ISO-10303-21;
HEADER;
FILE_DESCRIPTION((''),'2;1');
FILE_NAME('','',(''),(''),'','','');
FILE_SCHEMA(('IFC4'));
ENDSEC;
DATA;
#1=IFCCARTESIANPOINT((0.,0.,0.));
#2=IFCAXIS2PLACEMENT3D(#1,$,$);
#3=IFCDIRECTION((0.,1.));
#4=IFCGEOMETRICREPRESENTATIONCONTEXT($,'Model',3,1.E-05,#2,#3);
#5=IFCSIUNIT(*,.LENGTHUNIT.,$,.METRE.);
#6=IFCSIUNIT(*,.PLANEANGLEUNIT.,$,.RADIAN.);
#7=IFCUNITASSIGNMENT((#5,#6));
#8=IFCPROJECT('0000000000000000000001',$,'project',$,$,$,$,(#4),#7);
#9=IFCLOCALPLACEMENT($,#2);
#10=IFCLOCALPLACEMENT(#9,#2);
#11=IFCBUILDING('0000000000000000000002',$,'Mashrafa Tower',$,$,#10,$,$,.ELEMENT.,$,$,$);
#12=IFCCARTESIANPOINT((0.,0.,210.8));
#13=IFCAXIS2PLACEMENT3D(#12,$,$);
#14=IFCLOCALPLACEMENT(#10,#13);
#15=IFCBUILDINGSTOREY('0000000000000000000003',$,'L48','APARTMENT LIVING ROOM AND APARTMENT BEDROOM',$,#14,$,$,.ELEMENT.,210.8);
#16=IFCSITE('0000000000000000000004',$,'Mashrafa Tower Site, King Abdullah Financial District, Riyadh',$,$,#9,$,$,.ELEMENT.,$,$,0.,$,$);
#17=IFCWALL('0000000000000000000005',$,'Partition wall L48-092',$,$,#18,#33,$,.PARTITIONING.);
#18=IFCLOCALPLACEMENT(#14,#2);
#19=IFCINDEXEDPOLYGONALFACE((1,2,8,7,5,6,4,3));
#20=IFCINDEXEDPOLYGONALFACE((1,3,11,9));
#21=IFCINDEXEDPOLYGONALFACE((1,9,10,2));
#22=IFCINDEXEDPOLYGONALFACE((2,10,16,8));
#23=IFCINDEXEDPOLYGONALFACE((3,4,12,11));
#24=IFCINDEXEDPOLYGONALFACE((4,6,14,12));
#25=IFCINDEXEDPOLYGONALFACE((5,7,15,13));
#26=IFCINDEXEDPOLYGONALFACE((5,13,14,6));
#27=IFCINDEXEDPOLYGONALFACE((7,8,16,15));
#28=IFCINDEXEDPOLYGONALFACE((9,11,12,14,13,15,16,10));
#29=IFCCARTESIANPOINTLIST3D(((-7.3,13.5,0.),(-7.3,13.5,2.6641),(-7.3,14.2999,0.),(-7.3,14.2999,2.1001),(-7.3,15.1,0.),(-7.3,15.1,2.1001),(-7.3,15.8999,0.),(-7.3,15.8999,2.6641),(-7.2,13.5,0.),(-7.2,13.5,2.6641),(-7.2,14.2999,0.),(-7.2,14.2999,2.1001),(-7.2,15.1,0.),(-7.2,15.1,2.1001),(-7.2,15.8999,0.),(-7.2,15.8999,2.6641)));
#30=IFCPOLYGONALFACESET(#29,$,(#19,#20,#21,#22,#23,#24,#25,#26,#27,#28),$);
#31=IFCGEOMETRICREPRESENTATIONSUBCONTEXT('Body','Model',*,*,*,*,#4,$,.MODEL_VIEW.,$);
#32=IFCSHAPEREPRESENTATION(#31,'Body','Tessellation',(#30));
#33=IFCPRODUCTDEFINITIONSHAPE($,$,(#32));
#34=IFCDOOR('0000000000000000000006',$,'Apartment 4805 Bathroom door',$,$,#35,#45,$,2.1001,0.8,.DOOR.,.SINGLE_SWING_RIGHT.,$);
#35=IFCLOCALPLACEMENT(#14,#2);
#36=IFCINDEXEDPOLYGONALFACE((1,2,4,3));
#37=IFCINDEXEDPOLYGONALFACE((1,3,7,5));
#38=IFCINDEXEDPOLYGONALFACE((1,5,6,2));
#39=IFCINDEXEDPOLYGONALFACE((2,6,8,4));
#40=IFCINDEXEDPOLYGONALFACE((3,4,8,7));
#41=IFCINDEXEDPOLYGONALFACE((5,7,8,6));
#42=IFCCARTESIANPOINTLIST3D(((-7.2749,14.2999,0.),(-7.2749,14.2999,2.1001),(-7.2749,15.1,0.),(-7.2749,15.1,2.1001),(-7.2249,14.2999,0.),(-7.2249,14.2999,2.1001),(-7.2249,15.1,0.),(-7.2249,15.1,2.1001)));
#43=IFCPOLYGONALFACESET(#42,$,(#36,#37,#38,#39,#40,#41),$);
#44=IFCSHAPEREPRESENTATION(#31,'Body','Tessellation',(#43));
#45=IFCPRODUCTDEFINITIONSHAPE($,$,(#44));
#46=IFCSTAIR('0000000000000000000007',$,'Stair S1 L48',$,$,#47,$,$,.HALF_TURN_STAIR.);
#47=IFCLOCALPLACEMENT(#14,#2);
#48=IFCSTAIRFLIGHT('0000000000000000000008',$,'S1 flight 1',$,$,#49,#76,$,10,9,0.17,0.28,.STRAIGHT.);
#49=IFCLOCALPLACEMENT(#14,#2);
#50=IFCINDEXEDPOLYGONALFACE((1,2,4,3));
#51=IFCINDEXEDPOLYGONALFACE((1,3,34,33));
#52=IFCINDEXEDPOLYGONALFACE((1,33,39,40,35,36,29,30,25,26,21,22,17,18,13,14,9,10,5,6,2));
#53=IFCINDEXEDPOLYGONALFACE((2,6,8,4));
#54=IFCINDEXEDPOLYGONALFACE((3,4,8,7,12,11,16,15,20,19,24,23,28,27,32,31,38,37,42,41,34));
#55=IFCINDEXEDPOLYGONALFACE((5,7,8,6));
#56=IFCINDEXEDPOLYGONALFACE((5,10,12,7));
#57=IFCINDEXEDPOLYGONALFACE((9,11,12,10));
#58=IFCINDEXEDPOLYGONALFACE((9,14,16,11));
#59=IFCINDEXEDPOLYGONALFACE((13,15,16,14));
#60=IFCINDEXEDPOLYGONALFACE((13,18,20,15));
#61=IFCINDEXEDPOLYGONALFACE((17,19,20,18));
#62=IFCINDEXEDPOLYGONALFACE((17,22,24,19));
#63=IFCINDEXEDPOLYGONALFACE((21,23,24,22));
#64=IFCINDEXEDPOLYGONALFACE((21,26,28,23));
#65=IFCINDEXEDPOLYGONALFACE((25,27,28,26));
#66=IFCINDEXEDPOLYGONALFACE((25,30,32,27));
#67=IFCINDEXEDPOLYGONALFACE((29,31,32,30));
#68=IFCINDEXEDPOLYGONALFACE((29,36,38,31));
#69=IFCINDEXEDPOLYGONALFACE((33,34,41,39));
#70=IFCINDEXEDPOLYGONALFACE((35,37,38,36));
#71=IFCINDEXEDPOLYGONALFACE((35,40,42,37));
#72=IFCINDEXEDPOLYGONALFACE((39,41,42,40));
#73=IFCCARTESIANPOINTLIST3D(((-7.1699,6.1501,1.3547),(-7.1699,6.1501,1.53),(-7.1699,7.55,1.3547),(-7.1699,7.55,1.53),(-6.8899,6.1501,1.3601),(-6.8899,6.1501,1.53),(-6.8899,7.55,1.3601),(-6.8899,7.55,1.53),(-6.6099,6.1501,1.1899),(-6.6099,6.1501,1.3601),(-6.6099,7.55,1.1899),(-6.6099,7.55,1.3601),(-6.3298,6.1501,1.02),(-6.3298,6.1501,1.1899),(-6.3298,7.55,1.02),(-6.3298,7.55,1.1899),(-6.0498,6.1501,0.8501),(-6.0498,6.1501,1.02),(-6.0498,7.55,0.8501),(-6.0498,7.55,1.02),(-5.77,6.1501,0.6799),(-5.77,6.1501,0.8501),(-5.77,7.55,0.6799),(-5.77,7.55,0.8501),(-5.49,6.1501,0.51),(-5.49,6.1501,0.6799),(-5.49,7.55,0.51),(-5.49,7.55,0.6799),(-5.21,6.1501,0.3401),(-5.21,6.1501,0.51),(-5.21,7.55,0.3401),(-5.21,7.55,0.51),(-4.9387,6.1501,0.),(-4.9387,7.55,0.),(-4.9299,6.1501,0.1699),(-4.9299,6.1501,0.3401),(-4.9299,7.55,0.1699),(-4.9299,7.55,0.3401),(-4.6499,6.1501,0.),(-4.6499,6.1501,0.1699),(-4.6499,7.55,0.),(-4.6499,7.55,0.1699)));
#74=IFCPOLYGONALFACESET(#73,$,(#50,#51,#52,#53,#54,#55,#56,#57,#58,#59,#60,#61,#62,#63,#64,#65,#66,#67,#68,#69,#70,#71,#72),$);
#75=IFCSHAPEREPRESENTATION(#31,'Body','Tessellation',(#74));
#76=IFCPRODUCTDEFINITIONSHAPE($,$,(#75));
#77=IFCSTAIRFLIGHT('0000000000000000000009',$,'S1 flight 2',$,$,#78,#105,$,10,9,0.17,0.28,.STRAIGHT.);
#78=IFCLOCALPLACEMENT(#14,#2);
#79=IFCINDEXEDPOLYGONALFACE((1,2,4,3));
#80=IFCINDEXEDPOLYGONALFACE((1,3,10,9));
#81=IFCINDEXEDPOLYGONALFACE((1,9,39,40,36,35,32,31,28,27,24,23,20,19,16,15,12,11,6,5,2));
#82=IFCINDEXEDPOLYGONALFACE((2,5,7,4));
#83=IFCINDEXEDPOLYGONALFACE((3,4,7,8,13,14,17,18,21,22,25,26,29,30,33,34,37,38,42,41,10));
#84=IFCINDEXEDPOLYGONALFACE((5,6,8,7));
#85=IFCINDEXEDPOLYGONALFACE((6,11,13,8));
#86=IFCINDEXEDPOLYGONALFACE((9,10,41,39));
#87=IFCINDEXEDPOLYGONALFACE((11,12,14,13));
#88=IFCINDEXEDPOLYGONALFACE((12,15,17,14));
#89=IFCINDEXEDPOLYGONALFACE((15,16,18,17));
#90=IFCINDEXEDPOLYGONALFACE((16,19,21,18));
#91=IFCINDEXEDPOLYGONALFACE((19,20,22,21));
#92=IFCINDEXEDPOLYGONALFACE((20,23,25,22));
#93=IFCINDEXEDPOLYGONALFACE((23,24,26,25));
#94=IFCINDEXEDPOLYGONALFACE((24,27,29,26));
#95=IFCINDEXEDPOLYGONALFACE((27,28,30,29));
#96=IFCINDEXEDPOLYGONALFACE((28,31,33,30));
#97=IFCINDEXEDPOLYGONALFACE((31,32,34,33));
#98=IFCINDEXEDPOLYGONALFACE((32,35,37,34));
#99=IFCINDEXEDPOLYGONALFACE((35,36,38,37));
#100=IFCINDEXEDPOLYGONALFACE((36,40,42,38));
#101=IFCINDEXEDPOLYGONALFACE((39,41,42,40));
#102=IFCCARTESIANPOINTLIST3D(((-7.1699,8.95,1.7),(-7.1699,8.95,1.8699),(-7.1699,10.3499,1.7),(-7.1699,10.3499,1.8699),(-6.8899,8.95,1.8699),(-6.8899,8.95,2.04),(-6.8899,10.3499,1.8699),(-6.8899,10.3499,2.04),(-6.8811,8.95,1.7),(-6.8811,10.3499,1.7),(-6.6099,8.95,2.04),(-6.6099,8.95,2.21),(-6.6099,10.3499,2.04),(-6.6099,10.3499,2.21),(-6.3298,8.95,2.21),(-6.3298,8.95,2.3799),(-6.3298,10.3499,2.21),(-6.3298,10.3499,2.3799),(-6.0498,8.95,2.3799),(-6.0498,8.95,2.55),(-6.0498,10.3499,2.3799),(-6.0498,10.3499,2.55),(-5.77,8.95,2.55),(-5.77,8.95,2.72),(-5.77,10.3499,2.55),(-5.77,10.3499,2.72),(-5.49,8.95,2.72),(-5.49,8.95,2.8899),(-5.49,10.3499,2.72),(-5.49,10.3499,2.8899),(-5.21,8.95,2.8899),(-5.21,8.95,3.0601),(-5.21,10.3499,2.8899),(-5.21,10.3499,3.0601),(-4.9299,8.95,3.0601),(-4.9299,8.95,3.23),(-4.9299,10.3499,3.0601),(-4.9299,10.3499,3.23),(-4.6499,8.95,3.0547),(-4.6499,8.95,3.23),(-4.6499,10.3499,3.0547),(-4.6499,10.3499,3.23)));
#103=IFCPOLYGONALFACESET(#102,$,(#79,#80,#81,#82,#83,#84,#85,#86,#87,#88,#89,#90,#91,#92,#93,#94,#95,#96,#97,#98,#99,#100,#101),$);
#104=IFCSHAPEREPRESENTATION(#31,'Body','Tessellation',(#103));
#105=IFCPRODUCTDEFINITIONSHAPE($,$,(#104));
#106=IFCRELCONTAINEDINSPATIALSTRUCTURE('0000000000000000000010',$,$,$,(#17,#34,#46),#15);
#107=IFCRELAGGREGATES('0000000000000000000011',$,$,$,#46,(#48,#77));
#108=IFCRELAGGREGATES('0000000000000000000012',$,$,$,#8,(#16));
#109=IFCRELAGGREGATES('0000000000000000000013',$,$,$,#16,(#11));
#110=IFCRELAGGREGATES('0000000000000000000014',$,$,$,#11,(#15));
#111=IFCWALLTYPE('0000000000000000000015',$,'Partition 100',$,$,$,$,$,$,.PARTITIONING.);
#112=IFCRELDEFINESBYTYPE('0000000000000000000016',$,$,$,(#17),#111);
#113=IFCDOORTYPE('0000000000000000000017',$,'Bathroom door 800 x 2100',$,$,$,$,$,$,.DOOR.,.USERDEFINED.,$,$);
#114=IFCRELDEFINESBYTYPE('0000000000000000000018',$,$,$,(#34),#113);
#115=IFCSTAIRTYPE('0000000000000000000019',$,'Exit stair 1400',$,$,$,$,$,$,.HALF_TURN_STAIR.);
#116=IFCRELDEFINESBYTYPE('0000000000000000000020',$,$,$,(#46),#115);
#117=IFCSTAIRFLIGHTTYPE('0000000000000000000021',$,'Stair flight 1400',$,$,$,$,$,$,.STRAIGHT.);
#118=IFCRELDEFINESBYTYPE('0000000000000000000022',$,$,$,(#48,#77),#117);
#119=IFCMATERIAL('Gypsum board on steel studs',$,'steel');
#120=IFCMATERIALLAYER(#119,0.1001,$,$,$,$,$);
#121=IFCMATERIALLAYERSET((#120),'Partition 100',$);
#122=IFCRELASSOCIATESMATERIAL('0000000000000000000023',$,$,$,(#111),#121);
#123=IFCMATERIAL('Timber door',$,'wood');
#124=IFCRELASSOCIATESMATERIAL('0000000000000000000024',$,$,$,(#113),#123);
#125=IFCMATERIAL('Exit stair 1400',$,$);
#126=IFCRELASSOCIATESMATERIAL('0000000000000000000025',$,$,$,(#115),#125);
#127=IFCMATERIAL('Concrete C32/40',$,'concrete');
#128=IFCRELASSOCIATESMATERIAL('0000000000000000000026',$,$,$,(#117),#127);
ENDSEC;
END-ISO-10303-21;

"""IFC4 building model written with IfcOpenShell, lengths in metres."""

from ifc_helpers import new_model, si_unit, direction, frame, frame_2d, origin, place, context, subcontext, project, spatial, polyline, rectangle, outline, extrude, material, layer, layer_set, type_object, element, fill, aggregate, save


model = new_model("IFC4")

# Units and contexts
model_context = context("Model", 3, precision=1e-05, world=origin(), true_north=direction((0.0, 1.0)))
body_context = subcontext(model_context, "Body", "Model", "MODEL_VIEW")
ifc_project = project(units=[si_unit("LENGTHUNIT", "METRE"), si_unit("PLANEANGLEUNIT", "RADIAN")], contexts=[model_context])

# Site, building, storey
site_placement = place(None, origin())
site = spatial("IfcSite", under=ifc_project, at=site_placement, Name="Mashrafa Tower Site, King Abdullah Financial District, Riyadh", CompositionType="ELEMENT", RefElevation=0.0)
building_placement = place(site_placement, origin())
building = spatial("IfcBuilding", under=site, at=building_placement, Name="Mashrafa Tower", CompositionType="ELEMENT")
storey_placement = place(building_placement, frame((0.0, 0.0, 210.8)))
storey = spatial("IfcBuildingStorey", under=building, at=storey_placement, Name="L48", Description="APARTMENT LIVING ROOM AND APARTMENT BEDROOM", CompositionType="ELEMENT", Elevation=210.8)

# Shared definitions
ifc_material_1 = material(Name="Gypsum board on steel studs", Category="steel")
ifc_layer_1 = layer(ifc_material_1, 0.1001)
ifc_layer_set_1 = layer_set([ifc_layer_1], Name="Partition 100")
wall_type_1 = type_object("IfcWallType", Name="Partition 100", PredefinedType="PARTITIONING", material=ifc_layer_set_1)

# Wall, opening, door
wall_1_placement = place(storey_placement, frame((-7.25, 13.5, 0.0), z_axis=(0.0, 0.0, 1.0), x_axis=(0.0, 1.0, 0.0)))
wall_1 = element("IfcWall", 1, at=wall_1_placement, inside=storey, type_object=wall_type_1, Name="Partition wall L48-092", PredefinedType="PARTITIONING", context=body_context, shape_type="SweptSolid", body=[
    extrude(rectangle(XDim=2.3999, YDim=0.1001, at=frame_2d((1.2, 0.0))), origin(), (0.0, 0.0, 1.0), 2.6641),
])
opening_1_placement = place(wall_1_placement, frame((0.8, 0.0, 0.0)))
opening_1 = element("IfcOpeningElement", 2, at=opening_1_placement, cuts=wall_1, PredefinedType="OPENING", context=body_context, shape_type="SweptSolid", body=[
    extrude(rectangle(XDim=0.8, YDim=2.1001, at=frame_2d((0.3999, 1.05))), frame((0.0, 0.0601, 0.0), z_axis=(0.0, -1.0, 0.0), x_axis=(1.0, 0.0, 0.0)), (0.0, 0.0, 1.0), 0.1201),
])
ifc_material_2 = material(Name="Timber door", Category="wood")
door_type_1 = type_object("IfcDoorType", Name="Bathroom door 800 x 2100", OperationType="USERDEFINED", PredefinedType="DOOR", material=ifc_material_2)
door_1_placement = place(opening_1_placement, origin())
door_1 = element("IfcDoor", 3, at=door_1_placement, inside=storey, type_object=door_type_1, Name="Apartment 4805 Bathroom door", OperationType="SINGLE_SWING_RIGHT", OverallHeight=2.1001, OverallWidth=0.8, PredefinedType="DOOR", context=body_context, shape_type="SweptSolid", body=[
    extrude(rectangle(XDim=0.8, YDim=2.1001, at=frame_2d((0.3999, 1.05))), frame((0.0, 0.0249, 0.0), z_axis=(0.0, -1.0, 0.0), x_axis=(1.0, 0.0, 0.0)), (0.0, 0.0, 1.0), 0.05),
])
fill(opening_1, door_1)

# Stair, stair flights
ifc_material_3 = material(Name="Exit stair 1400")
stair_type = type_object("IfcStairType", Name="Exit stair 1400", PredefinedType="HALF_TURN_STAIR", material=ifc_material_3)
stair_placement = place(storey_placement, origin())
stair = element("IfcStair", 4, at=stair_placement, inside=storey, type_object=stair_type, Name="Stair S1 L48", PredefinedType="HALF_TURN_STAIR")
ifc_material_4 = material(Name="Concrete C32/40", Category="concrete")
stair_flight_type = type_object("IfcStairFlightType", Name="Stair flight 1400", PredefinedType="STRAIGHT", material=ifc_material_4)
stair_flight_1_placement = place(storey_placement, frame((-4.6499, 6.8501, 0.0), z_axis=(0.0, 0.0, 1.0), x_axis=(-1.0, 0.0, 0.0)))
stair_flight_1 = element("IfcStairFlight", 5, at=stair_flight_1_placement, type_object=stair_flight_type, Name="S1 flight 1", NumberOfRisers=10, NumberOfTreads=9, PredefinedType="STRAIGHT", RiserHeight=0.17, TreadLength=0.28, context=body_context, shape_type="SweptSolid", body=[
    extrude(outline(polyline([(0.0, 0.0), (0.0, 0.1699), (0.28, 0.1699), (0.28, 0.3401), (0.5601, 0.3401), (0.5601, 0.51), (0.8401, 0.51), (0.8401, 0.6799), (1.1201, 0.6799), (1.1201, 0.8501), (1.3999, 0.8501), (1.3999, 1.02), (1.6799, 1.02), (1.6799, 1.1899), (1.96, 1.1899), (1.96, 1.3601), (2.24, 1.3601), (2.24, 1.53), (2.52, 1.53), (2.52, 1.7), (2.52, 1.3547), (0.2888, 0.0), (0.0, 0.0)])), frame((0.0, 0.7, 0.0), z_axis=(0.0, -1.0, 0.0), x_axis=(1.0, 0.0, 0.0)), (0.0, 0.0, 1.0), 1.3999),
])
stair_flight_2_placement = place(storey_placement, frame((-7.1699, 9.6499, 1.7), z_axis=(0.0, 0.0, 1.0), x_axis=(1.0, 0.0, 0.0)))
stair_flight_2 = element("IfcStairFlight", 6, at=stair_flight_2_placement, type_object=stair_flight_type, Name="S1 flight 2", NumberOfRisers=10, NumberOfTreads=9, PredefinedType="STRAIGHT", RiserHeight=0.17, TreadLength=0.28, context=body_context, shape_type="SweptSolid", body=[
    extrude(outline(polyline([(0.0, 0.0), (0.0, 0.1699), (0.28, 0.1699), (0.28, 0.3401), (0.5601, 0.3401), (0.5601, 0.51), (0.8401, 0.51), (0.8401, 0.6799), (1.1201, 0.6799), (1.1201, 0.8501), (1.3999, 0.8501), (1.3999, 1.02), (1.6799, 1.02), (1.6799, 1.1899), (1.96, 1.1899), (1.96, 1.3601), (2.24, 1.3601), (2.24, 1.53), (2.52, 1.53), (2.52, 1.7), (2.52, 1.3547), (0.2888, 0.0), (0.0, 0.0)])), frame((0.0, 0.7, 0.0), z_axis=(0.0, -1.0, 0.0), x_axis=(1.0, 0.0, 0.0)), (0.0, 0.0, 1.0), 1.3999),
])
aggregate(stair, [stair_flight_1, stair_flight_2])

save(model, "model.ifc")
